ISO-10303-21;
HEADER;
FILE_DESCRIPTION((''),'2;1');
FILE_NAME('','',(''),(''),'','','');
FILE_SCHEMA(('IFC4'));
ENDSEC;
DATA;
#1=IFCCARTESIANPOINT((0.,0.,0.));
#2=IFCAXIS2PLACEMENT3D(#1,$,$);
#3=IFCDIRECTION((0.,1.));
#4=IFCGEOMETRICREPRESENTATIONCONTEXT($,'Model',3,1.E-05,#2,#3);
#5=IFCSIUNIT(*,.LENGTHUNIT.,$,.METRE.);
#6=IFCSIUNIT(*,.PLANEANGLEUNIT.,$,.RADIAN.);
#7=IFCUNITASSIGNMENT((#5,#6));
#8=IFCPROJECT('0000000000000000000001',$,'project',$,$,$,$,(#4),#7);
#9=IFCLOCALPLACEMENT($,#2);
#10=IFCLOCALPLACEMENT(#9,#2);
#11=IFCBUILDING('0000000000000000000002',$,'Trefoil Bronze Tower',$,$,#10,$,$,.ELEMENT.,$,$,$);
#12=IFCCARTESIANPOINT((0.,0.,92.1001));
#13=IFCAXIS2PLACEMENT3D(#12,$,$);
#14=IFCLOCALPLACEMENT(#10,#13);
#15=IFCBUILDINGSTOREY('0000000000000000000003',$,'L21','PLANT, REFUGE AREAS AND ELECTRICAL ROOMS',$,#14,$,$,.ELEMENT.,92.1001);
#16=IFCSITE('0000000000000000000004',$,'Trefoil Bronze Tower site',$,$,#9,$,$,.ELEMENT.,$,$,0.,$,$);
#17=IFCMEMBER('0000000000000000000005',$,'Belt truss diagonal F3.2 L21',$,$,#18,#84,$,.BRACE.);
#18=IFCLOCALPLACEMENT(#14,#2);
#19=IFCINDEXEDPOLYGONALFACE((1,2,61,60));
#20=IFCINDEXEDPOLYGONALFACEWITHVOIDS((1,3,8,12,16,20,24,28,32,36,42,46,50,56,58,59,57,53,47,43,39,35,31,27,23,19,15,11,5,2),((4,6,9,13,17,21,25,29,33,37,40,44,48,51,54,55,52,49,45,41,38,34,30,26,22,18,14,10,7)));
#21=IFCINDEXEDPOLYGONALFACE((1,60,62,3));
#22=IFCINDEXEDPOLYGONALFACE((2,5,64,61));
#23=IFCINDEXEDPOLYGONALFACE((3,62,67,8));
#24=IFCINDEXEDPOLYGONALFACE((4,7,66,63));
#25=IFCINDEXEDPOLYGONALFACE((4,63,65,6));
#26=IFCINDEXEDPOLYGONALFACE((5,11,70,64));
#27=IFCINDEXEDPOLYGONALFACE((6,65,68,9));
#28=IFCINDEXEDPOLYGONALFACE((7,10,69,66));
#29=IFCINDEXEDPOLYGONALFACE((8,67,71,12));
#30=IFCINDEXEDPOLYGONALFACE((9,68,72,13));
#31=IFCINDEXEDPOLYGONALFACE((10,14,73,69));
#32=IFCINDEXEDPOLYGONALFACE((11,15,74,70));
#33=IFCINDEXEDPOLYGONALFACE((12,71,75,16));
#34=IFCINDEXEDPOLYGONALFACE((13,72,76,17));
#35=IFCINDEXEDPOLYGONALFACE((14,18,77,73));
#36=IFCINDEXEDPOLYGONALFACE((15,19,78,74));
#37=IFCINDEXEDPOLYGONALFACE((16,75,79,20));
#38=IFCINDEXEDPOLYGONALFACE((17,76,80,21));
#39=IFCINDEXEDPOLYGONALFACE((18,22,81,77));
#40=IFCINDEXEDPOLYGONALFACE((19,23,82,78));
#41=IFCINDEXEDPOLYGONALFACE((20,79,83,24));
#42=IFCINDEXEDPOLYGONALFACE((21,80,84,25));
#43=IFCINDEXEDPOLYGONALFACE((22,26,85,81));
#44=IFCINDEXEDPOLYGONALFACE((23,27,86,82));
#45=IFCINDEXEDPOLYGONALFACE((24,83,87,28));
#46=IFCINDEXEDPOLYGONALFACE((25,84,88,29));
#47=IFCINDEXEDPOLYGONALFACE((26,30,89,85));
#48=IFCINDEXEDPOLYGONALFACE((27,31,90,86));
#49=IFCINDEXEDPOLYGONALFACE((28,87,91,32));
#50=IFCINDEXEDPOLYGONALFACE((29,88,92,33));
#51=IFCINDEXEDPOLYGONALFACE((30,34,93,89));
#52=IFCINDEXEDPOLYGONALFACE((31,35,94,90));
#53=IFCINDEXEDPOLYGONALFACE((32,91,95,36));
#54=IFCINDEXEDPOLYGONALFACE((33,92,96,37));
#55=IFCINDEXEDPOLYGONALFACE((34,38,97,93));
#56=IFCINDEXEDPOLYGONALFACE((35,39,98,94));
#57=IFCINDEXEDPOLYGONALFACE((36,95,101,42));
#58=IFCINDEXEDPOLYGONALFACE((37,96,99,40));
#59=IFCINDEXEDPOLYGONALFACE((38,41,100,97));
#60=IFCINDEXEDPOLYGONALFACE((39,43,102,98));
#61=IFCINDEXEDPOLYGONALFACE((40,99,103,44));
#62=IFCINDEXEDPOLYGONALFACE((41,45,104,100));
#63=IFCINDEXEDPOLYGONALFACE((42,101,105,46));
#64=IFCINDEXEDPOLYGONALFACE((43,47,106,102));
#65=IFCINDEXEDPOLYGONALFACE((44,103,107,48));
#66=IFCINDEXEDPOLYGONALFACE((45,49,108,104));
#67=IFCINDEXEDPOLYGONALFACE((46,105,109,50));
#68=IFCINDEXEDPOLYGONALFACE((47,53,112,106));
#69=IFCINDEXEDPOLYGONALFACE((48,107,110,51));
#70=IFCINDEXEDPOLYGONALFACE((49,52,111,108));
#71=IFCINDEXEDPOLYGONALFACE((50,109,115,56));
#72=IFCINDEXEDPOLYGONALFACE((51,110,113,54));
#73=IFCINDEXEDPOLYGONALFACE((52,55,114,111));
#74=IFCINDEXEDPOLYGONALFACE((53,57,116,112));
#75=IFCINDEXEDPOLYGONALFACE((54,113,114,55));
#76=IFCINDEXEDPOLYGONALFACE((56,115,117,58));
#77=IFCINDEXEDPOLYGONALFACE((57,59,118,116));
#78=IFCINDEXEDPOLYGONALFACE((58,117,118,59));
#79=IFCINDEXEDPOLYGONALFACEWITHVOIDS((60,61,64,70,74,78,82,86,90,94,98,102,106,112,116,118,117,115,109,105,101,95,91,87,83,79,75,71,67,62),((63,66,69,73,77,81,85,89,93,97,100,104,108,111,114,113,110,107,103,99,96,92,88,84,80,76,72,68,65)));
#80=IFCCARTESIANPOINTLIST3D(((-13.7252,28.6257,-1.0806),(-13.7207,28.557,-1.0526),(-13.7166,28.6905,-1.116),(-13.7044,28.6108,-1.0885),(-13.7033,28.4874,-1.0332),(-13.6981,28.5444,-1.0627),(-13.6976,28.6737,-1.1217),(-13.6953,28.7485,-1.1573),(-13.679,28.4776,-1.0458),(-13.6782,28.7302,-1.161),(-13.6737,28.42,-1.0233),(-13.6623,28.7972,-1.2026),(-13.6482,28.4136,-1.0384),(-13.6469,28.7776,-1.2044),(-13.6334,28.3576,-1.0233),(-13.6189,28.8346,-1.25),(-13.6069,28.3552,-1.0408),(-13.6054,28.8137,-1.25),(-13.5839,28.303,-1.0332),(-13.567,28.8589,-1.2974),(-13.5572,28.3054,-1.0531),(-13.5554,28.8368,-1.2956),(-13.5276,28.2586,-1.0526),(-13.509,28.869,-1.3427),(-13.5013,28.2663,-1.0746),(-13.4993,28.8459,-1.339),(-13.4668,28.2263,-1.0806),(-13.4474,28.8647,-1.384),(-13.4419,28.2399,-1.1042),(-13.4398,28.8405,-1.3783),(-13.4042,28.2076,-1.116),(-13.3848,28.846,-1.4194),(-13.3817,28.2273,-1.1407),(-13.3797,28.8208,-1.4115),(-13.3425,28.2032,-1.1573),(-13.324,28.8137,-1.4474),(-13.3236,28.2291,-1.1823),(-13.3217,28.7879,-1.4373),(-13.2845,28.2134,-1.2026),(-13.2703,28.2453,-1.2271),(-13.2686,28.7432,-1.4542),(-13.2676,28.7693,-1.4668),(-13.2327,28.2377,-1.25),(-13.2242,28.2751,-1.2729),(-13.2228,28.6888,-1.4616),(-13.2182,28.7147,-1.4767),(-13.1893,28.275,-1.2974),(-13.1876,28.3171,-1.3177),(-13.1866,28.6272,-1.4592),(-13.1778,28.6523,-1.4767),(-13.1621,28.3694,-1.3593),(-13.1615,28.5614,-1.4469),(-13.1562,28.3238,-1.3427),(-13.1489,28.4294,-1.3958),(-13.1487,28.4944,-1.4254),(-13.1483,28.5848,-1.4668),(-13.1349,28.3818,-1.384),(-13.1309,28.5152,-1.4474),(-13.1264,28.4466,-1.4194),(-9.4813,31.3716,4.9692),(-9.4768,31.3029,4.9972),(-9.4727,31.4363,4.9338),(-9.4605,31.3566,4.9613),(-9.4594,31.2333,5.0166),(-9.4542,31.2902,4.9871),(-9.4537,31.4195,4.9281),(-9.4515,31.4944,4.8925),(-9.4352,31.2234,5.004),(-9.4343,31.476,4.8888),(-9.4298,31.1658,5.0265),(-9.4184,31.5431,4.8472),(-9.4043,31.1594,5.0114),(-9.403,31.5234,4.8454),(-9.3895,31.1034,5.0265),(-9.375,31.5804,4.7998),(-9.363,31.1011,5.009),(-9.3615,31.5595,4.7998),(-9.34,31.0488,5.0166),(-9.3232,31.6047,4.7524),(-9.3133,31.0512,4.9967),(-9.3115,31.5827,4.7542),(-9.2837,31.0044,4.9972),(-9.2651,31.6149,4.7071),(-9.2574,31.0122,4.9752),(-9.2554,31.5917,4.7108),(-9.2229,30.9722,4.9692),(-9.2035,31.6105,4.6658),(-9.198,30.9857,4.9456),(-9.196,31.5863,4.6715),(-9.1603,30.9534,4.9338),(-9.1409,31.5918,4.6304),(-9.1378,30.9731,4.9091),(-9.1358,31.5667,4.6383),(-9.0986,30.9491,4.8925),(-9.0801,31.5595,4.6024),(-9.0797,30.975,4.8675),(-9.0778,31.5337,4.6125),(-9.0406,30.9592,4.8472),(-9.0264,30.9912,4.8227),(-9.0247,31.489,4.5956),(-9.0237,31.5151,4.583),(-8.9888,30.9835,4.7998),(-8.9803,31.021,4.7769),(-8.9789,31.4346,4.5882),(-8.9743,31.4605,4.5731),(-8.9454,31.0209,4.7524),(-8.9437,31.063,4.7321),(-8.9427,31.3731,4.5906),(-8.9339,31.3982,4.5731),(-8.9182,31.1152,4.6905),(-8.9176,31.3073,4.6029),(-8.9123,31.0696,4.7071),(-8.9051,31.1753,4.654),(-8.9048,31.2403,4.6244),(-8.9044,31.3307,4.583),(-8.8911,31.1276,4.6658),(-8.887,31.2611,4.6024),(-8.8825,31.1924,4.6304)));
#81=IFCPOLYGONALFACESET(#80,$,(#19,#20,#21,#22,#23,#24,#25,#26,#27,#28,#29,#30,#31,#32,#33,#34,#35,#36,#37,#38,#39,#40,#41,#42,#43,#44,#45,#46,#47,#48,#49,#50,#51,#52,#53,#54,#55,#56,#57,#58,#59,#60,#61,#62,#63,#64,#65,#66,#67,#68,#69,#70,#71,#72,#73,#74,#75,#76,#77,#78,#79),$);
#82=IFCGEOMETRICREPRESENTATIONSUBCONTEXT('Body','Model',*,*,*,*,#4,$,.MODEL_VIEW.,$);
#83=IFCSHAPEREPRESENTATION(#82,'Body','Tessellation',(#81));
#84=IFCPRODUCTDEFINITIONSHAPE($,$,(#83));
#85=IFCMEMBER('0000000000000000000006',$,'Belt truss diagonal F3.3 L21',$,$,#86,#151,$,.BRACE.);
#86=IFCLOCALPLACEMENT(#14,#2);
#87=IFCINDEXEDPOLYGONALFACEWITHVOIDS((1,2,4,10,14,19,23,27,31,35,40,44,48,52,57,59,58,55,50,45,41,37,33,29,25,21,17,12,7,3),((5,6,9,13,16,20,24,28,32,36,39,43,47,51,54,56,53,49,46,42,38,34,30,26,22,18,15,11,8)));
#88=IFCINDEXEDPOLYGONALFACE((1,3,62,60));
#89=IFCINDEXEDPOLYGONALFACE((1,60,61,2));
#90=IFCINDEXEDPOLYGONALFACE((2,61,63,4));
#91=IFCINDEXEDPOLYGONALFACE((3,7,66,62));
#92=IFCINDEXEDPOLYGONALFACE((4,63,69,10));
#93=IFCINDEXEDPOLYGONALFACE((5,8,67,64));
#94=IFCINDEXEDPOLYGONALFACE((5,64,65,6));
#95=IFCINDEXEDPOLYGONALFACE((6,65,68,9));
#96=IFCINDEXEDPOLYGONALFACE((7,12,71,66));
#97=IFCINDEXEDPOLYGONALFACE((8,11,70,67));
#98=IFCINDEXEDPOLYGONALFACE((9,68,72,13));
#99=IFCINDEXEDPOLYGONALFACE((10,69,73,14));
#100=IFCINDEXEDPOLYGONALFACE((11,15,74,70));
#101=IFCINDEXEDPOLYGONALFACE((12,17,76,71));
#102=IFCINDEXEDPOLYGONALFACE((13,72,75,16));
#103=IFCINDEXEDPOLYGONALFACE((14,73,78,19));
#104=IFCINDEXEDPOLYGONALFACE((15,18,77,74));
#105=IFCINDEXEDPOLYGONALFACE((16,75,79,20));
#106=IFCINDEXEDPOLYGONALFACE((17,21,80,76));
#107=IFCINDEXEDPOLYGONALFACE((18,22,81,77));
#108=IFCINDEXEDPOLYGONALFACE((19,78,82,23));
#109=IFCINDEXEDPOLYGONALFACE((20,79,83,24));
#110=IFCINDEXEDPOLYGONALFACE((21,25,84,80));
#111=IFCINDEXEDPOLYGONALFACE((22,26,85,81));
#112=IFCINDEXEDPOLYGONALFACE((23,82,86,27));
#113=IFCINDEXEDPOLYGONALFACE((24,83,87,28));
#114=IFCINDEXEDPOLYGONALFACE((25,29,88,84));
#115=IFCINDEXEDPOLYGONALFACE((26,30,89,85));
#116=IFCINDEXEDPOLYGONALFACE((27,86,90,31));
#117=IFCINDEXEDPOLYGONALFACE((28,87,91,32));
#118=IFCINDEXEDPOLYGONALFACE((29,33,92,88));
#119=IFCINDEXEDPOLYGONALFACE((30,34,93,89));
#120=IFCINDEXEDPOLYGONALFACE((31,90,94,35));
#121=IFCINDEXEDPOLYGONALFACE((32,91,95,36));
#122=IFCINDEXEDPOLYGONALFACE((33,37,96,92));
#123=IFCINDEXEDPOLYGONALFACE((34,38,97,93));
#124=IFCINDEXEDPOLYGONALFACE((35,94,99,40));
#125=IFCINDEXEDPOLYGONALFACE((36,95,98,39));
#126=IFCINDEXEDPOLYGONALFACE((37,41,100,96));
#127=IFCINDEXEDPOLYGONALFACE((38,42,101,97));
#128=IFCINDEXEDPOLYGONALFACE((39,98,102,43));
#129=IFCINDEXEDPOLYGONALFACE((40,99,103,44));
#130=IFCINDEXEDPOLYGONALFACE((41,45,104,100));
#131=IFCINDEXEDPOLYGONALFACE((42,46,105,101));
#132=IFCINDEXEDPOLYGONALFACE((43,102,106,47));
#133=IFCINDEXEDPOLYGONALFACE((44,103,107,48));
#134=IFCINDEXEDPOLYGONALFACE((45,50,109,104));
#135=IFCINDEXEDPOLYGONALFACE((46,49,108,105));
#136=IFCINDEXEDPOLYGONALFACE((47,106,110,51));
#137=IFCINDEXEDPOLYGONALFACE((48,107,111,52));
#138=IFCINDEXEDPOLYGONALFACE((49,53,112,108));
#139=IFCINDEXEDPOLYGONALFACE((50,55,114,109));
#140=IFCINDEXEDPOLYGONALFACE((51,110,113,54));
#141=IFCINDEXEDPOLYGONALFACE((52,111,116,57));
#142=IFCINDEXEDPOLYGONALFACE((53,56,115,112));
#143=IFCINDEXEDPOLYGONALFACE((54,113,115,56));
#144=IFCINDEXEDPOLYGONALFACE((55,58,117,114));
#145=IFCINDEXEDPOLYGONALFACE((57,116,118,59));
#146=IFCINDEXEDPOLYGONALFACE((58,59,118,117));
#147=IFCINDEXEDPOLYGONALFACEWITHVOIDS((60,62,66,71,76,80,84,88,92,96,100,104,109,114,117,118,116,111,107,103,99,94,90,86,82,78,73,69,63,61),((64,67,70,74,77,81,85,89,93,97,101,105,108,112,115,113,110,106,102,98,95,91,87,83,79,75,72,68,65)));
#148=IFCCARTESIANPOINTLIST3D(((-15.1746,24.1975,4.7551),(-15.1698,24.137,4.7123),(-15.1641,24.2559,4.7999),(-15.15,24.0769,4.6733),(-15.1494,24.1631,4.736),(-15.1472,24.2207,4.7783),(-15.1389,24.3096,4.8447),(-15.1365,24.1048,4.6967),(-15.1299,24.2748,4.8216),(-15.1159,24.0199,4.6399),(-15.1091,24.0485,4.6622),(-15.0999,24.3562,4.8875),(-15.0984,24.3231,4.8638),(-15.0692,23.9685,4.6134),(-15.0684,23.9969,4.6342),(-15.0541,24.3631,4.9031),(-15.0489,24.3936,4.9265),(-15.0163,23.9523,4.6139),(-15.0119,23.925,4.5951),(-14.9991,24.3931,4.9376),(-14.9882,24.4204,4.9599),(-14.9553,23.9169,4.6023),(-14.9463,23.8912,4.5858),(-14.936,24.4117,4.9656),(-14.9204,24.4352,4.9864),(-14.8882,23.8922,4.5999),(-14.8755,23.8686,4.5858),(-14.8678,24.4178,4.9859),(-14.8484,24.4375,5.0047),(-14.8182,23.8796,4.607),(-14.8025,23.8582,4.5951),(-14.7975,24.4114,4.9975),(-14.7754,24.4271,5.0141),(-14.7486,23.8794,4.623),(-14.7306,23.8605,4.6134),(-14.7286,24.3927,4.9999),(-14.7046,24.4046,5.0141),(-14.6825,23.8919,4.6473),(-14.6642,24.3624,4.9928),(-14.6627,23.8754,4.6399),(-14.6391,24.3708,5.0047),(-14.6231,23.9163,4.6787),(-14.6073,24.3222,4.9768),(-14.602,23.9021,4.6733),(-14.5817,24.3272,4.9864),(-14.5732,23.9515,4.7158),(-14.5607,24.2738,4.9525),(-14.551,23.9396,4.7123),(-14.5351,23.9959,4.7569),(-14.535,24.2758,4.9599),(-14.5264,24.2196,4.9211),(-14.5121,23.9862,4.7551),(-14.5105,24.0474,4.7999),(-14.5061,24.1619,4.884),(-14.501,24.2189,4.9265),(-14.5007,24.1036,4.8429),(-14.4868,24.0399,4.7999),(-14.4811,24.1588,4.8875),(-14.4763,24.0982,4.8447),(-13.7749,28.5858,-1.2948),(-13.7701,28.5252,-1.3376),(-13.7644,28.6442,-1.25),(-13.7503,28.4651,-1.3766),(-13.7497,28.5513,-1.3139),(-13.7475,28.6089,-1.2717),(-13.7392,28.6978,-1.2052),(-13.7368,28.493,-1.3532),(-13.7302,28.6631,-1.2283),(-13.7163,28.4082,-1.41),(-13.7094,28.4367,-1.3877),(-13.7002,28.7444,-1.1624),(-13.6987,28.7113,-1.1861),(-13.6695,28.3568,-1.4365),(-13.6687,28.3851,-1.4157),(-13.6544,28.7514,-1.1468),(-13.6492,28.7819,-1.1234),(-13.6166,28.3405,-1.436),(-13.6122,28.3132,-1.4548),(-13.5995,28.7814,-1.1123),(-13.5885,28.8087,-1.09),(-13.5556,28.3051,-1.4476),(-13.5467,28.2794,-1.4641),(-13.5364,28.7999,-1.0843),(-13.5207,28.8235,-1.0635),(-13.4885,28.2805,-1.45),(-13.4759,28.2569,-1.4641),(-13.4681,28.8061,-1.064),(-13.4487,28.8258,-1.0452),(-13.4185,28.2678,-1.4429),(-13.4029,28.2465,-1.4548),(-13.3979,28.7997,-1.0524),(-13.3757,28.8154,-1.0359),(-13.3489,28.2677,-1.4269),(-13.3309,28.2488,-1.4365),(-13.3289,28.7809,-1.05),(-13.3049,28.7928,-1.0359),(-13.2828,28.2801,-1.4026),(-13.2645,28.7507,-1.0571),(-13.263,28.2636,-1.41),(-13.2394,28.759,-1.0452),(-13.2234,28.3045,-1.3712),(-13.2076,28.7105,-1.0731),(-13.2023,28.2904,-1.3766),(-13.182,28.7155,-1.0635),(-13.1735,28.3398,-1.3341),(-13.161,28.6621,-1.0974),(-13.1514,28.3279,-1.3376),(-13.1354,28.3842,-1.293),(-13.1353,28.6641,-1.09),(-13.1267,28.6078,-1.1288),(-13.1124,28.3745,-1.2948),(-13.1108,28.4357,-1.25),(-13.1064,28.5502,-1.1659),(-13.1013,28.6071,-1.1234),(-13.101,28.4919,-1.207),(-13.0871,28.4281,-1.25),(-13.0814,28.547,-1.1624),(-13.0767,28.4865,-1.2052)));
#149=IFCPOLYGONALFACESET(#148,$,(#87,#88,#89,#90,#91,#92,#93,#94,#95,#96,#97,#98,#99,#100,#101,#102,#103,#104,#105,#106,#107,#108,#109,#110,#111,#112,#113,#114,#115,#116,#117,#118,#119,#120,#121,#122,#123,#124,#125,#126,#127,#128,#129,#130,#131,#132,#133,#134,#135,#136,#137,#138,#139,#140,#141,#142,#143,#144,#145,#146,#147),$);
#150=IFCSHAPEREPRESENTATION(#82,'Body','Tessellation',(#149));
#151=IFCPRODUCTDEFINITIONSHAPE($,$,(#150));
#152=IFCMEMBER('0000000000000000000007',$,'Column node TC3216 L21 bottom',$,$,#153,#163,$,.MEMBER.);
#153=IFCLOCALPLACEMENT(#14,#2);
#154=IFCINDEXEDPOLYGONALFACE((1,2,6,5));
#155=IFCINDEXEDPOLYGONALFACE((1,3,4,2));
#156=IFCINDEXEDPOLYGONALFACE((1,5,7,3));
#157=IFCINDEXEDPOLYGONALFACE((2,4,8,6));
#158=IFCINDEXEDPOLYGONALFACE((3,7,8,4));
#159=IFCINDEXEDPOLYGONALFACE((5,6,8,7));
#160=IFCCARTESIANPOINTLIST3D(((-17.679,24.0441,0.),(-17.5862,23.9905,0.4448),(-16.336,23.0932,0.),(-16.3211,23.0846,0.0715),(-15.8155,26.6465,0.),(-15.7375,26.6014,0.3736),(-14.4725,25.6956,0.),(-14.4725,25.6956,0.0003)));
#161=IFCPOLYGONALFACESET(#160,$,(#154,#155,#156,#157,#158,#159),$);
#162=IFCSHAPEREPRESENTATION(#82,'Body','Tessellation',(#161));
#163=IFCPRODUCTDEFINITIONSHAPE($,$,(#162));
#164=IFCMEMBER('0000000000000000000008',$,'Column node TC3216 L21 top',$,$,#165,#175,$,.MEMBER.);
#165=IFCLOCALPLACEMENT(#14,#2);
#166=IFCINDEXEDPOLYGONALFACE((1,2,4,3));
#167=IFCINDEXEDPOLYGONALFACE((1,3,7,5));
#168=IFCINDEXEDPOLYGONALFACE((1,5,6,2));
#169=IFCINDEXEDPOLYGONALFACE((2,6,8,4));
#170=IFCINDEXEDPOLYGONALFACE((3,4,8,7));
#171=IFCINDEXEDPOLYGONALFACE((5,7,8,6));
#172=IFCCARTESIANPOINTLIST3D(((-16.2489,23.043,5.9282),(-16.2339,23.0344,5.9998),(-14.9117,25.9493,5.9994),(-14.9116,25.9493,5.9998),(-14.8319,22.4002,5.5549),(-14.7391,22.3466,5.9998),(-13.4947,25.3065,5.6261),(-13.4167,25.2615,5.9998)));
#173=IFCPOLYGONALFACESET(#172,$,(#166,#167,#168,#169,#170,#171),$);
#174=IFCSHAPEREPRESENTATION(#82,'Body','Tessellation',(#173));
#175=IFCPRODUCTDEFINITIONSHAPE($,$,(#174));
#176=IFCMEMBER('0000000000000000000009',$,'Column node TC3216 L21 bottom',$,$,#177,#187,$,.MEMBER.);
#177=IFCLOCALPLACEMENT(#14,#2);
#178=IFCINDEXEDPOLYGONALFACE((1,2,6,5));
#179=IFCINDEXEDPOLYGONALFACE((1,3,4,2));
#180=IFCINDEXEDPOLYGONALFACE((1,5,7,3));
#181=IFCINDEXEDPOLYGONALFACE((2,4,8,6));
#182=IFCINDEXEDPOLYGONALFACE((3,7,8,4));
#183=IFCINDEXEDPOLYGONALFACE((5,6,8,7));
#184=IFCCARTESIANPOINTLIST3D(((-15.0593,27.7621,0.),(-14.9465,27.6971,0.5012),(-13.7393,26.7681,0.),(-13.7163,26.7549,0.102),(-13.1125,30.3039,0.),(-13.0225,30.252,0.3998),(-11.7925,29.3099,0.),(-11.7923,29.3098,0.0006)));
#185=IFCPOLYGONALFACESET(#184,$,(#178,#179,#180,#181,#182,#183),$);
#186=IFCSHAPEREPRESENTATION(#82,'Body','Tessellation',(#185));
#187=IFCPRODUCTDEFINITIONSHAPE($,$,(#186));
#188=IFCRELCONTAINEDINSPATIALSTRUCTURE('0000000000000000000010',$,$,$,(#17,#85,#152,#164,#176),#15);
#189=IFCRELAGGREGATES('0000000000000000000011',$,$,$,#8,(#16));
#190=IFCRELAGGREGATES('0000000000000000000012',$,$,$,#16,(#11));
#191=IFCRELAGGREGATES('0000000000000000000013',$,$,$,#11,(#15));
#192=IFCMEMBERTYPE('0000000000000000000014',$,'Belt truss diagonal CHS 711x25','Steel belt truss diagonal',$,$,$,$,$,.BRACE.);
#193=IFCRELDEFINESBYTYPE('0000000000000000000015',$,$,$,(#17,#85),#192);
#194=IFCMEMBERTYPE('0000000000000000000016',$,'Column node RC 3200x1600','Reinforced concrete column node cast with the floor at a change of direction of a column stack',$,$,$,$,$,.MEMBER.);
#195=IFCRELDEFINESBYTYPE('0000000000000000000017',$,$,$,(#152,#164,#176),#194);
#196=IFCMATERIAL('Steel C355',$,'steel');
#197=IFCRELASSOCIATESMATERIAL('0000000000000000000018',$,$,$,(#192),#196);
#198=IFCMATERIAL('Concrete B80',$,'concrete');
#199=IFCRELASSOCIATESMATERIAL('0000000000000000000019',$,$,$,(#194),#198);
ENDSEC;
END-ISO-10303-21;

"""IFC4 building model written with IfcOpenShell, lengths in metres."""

from ifc_helpers import new_model, si_unit, direction, frame, origin, origin_2d, place, context, subcontext, project, spatial, rectangle, hollow_circle, extrude, clip, halfspace, material, material_profile, profile_set, type_object, element, save


model = new_model("IFC4")

# Units and contexts
model_context = context("Model", 3, precision=1e-05, world=origin(), true_north=direction((0.0, 1.0)))
body_context = subcontext(model_context, "Body", "Model", "MODEL_VIEW")
ifc_project = project(units=[si_unit("LENGTHUNIT", "METRE"), si_unit("PLANEANGLEUNIT", "RADIAN")], contexts=[model_context])

# Site, building, storey
site_placement = place(None, origin())
site = spatial("IfcSite", under=ifc_project, at=site_placement, Name="Trefoil Bronze Tower site", CompositionType="ELEMENT", RefElevation=0.0)
building_placement = place(site_placement, origin())
building = spatial("IfcBuilding", under=site, at=building_placement, Name="Trefoil Bronze Tower", CompositionType="ELEMENT")
storey_placement = place(building_placement, frame((0.0, 0.0, 92.1001)))
storey = spatial("IfcBuildingStorey", under=building, at=storey_placement, Name="L21", Description="PLANT, REFUGE AREAS AND ELECTRICAL ROOMS", CompositionType="ELEMENT", Elevation=92.1001)

# Members
ifc_material_1 = material(Name="Steel C355", Category="steel")
ifc_material_profile_1 = material_profile(ifc_material_1, hollow_circle(Radius=0.3555, WallThickness=0.0249, at=origin_2d()), Name="CHS 711x25")
ifc_profile_set_1 = profile_set([ifc_material_profile_1], Name="Steel C355")
member_type_1 = type_object("IfcMemberType", Name="Belt truss diagonal CHS 711x25", Description="Steel belt truss diagonal", PredefinedType="BRACE", material=ifc_profile_set_1)
member_1_placement = place(storey_placement, frame((-13.4258, 28.5361, -1.25), z_axis=(0.538322, 0.348301, 0.767395), x_axis=(-0.543223, 0.839588, 0.0)))
element("IfcMember", 1, at=member_1_placement, inside=storey, type_object=member_type_1, Name="Belt truss diagonal F3.2 L21", PredefinedType="BRACE", context=body_context, shape_type="SweptSolid", body=[
    extrude(hollow_circle(Radius=0.3555, WallThickness=0.0249, at=origin_2d()), origin(), (0.0, 0.0, 1.0), 7.8835),
])
member_2_placement = place(storey_placement, frame((-13.4258, 28.5361, -1.25), z_axis=(-0.184077, -0.577116, 0.795646), x_axis=(0.952711, -0.303877, 0.0)))
element("IfcMember", 2, at=member_2_placement, inside=storey, type_object=member_type_1, Name="Belt truss diagonal F3.3 L21", PredefinedType="BRACE", context=body_context, shape_type="SweptSolid", body=[
    extrude(hollow_circle(Radius=0.3555, WallThickness=0.0249, at=origin_2d()), origin(), (0.0, 0.0, 1.0), 7.6038),
])
ifc_material_2 = material(Name="Concrete B80", Category="concrete")
ifc_material_profile_2 = material_profile(ifc_material_2, rectangle(XDim=3.2, YDim=1.6001, at=origin_2d()), Name="RC 3200x1600")
ifc_profile_set_2 = profile_set([ifc_material_profile_2], Name="Concrete B80")
member_type_2 = type_object("IfcMemberType", Name="Column node RC 3200x1600", Description="Reinforced concrete column node cast with the floor at a change of direction of a column stack", PredefinedType="MEMBER", material=ifc_profile_set_2)
member_3_placement = place(storey_placement, frame((-16.1223, 24.8967, -0.2229), z_axis=(0.202953, -0.117191, 0.97215), x_axis=(-0.577708, -0.81594, 0.022247)))
element("IfcMember", 3, at=member_3_placement, inside=storey, type_object=member_type_2, Name="Column node TC3216 L21 bottom", PredefinedType="MEMBER", context=body_context, shape_type="Clipping", body=[
    clip(extrude(rectangle(XDim=3.2, YDim=1.6001, at=origin_2d()), origin(), (0.0, 0.0, 1.0), 0.4583), halfspace(frame((0.0, 0.0, 0.2292), z_axis=(0.022247, -0.2333, 0.97215), x_axis=(0.0, 0.972391, 0.233357)), True)),
])
member_4_placement = place(storey_placement, frame((-14.7788, 24.1211, 6.2227), z_axis=(-0.202953, 0.117191, -0.97215), x_axis=(0.417877, 0.908231, 0.022247)))
element("IfcMember", 4, at=member_4_placement, inside=storey, type_object=member_type_2, Name="Column node TC3216 L21 top", PredefinedType="MEMBER", context=body_context, shape_type="Clipping", body=[
    clip(extrude(rectangle(XDim=3.2, YDim=1.6001, at=origin_2d()), origin(), (0.0, 0.0, 1.0), 0.4583), halfspace(frame((0.0, 0.0, 0.2292), z_axis=(-0.022247, 0.2333, 0.97215), x_axis=(0.0, 0.972391, -0.233357)), True)),
])
member_5_placement = place(storey_placement, frame((-13.4824, 28.5686, -0.2512), z_axis=(0.217851, -0.125629, 0.967863), x_axis=(-0.601255, -0.798428, 0.031697)))
element("IfcMember", 5, at=member_5_placement, inside=storey, type_object=member_type_2, Name="Column node TC3216 L21 bottom", PredefinedType="MEMBER", context=body_context, shape_type="Clipping", body=[
    clip(extrude(rectangle(XDim=3.2, YDim=1.6001, at=origin_2d()), origin(), (0.0, 0.0, 1.0), 0.5188), halfspace(frame((0.0, 0.0, 0.2595), z_axis=(0.031697, -0.249474, 0.967863), x_axis=(0.0, 0.968349, 0.249599)), True)),
])

save(model, "model.ifc")
